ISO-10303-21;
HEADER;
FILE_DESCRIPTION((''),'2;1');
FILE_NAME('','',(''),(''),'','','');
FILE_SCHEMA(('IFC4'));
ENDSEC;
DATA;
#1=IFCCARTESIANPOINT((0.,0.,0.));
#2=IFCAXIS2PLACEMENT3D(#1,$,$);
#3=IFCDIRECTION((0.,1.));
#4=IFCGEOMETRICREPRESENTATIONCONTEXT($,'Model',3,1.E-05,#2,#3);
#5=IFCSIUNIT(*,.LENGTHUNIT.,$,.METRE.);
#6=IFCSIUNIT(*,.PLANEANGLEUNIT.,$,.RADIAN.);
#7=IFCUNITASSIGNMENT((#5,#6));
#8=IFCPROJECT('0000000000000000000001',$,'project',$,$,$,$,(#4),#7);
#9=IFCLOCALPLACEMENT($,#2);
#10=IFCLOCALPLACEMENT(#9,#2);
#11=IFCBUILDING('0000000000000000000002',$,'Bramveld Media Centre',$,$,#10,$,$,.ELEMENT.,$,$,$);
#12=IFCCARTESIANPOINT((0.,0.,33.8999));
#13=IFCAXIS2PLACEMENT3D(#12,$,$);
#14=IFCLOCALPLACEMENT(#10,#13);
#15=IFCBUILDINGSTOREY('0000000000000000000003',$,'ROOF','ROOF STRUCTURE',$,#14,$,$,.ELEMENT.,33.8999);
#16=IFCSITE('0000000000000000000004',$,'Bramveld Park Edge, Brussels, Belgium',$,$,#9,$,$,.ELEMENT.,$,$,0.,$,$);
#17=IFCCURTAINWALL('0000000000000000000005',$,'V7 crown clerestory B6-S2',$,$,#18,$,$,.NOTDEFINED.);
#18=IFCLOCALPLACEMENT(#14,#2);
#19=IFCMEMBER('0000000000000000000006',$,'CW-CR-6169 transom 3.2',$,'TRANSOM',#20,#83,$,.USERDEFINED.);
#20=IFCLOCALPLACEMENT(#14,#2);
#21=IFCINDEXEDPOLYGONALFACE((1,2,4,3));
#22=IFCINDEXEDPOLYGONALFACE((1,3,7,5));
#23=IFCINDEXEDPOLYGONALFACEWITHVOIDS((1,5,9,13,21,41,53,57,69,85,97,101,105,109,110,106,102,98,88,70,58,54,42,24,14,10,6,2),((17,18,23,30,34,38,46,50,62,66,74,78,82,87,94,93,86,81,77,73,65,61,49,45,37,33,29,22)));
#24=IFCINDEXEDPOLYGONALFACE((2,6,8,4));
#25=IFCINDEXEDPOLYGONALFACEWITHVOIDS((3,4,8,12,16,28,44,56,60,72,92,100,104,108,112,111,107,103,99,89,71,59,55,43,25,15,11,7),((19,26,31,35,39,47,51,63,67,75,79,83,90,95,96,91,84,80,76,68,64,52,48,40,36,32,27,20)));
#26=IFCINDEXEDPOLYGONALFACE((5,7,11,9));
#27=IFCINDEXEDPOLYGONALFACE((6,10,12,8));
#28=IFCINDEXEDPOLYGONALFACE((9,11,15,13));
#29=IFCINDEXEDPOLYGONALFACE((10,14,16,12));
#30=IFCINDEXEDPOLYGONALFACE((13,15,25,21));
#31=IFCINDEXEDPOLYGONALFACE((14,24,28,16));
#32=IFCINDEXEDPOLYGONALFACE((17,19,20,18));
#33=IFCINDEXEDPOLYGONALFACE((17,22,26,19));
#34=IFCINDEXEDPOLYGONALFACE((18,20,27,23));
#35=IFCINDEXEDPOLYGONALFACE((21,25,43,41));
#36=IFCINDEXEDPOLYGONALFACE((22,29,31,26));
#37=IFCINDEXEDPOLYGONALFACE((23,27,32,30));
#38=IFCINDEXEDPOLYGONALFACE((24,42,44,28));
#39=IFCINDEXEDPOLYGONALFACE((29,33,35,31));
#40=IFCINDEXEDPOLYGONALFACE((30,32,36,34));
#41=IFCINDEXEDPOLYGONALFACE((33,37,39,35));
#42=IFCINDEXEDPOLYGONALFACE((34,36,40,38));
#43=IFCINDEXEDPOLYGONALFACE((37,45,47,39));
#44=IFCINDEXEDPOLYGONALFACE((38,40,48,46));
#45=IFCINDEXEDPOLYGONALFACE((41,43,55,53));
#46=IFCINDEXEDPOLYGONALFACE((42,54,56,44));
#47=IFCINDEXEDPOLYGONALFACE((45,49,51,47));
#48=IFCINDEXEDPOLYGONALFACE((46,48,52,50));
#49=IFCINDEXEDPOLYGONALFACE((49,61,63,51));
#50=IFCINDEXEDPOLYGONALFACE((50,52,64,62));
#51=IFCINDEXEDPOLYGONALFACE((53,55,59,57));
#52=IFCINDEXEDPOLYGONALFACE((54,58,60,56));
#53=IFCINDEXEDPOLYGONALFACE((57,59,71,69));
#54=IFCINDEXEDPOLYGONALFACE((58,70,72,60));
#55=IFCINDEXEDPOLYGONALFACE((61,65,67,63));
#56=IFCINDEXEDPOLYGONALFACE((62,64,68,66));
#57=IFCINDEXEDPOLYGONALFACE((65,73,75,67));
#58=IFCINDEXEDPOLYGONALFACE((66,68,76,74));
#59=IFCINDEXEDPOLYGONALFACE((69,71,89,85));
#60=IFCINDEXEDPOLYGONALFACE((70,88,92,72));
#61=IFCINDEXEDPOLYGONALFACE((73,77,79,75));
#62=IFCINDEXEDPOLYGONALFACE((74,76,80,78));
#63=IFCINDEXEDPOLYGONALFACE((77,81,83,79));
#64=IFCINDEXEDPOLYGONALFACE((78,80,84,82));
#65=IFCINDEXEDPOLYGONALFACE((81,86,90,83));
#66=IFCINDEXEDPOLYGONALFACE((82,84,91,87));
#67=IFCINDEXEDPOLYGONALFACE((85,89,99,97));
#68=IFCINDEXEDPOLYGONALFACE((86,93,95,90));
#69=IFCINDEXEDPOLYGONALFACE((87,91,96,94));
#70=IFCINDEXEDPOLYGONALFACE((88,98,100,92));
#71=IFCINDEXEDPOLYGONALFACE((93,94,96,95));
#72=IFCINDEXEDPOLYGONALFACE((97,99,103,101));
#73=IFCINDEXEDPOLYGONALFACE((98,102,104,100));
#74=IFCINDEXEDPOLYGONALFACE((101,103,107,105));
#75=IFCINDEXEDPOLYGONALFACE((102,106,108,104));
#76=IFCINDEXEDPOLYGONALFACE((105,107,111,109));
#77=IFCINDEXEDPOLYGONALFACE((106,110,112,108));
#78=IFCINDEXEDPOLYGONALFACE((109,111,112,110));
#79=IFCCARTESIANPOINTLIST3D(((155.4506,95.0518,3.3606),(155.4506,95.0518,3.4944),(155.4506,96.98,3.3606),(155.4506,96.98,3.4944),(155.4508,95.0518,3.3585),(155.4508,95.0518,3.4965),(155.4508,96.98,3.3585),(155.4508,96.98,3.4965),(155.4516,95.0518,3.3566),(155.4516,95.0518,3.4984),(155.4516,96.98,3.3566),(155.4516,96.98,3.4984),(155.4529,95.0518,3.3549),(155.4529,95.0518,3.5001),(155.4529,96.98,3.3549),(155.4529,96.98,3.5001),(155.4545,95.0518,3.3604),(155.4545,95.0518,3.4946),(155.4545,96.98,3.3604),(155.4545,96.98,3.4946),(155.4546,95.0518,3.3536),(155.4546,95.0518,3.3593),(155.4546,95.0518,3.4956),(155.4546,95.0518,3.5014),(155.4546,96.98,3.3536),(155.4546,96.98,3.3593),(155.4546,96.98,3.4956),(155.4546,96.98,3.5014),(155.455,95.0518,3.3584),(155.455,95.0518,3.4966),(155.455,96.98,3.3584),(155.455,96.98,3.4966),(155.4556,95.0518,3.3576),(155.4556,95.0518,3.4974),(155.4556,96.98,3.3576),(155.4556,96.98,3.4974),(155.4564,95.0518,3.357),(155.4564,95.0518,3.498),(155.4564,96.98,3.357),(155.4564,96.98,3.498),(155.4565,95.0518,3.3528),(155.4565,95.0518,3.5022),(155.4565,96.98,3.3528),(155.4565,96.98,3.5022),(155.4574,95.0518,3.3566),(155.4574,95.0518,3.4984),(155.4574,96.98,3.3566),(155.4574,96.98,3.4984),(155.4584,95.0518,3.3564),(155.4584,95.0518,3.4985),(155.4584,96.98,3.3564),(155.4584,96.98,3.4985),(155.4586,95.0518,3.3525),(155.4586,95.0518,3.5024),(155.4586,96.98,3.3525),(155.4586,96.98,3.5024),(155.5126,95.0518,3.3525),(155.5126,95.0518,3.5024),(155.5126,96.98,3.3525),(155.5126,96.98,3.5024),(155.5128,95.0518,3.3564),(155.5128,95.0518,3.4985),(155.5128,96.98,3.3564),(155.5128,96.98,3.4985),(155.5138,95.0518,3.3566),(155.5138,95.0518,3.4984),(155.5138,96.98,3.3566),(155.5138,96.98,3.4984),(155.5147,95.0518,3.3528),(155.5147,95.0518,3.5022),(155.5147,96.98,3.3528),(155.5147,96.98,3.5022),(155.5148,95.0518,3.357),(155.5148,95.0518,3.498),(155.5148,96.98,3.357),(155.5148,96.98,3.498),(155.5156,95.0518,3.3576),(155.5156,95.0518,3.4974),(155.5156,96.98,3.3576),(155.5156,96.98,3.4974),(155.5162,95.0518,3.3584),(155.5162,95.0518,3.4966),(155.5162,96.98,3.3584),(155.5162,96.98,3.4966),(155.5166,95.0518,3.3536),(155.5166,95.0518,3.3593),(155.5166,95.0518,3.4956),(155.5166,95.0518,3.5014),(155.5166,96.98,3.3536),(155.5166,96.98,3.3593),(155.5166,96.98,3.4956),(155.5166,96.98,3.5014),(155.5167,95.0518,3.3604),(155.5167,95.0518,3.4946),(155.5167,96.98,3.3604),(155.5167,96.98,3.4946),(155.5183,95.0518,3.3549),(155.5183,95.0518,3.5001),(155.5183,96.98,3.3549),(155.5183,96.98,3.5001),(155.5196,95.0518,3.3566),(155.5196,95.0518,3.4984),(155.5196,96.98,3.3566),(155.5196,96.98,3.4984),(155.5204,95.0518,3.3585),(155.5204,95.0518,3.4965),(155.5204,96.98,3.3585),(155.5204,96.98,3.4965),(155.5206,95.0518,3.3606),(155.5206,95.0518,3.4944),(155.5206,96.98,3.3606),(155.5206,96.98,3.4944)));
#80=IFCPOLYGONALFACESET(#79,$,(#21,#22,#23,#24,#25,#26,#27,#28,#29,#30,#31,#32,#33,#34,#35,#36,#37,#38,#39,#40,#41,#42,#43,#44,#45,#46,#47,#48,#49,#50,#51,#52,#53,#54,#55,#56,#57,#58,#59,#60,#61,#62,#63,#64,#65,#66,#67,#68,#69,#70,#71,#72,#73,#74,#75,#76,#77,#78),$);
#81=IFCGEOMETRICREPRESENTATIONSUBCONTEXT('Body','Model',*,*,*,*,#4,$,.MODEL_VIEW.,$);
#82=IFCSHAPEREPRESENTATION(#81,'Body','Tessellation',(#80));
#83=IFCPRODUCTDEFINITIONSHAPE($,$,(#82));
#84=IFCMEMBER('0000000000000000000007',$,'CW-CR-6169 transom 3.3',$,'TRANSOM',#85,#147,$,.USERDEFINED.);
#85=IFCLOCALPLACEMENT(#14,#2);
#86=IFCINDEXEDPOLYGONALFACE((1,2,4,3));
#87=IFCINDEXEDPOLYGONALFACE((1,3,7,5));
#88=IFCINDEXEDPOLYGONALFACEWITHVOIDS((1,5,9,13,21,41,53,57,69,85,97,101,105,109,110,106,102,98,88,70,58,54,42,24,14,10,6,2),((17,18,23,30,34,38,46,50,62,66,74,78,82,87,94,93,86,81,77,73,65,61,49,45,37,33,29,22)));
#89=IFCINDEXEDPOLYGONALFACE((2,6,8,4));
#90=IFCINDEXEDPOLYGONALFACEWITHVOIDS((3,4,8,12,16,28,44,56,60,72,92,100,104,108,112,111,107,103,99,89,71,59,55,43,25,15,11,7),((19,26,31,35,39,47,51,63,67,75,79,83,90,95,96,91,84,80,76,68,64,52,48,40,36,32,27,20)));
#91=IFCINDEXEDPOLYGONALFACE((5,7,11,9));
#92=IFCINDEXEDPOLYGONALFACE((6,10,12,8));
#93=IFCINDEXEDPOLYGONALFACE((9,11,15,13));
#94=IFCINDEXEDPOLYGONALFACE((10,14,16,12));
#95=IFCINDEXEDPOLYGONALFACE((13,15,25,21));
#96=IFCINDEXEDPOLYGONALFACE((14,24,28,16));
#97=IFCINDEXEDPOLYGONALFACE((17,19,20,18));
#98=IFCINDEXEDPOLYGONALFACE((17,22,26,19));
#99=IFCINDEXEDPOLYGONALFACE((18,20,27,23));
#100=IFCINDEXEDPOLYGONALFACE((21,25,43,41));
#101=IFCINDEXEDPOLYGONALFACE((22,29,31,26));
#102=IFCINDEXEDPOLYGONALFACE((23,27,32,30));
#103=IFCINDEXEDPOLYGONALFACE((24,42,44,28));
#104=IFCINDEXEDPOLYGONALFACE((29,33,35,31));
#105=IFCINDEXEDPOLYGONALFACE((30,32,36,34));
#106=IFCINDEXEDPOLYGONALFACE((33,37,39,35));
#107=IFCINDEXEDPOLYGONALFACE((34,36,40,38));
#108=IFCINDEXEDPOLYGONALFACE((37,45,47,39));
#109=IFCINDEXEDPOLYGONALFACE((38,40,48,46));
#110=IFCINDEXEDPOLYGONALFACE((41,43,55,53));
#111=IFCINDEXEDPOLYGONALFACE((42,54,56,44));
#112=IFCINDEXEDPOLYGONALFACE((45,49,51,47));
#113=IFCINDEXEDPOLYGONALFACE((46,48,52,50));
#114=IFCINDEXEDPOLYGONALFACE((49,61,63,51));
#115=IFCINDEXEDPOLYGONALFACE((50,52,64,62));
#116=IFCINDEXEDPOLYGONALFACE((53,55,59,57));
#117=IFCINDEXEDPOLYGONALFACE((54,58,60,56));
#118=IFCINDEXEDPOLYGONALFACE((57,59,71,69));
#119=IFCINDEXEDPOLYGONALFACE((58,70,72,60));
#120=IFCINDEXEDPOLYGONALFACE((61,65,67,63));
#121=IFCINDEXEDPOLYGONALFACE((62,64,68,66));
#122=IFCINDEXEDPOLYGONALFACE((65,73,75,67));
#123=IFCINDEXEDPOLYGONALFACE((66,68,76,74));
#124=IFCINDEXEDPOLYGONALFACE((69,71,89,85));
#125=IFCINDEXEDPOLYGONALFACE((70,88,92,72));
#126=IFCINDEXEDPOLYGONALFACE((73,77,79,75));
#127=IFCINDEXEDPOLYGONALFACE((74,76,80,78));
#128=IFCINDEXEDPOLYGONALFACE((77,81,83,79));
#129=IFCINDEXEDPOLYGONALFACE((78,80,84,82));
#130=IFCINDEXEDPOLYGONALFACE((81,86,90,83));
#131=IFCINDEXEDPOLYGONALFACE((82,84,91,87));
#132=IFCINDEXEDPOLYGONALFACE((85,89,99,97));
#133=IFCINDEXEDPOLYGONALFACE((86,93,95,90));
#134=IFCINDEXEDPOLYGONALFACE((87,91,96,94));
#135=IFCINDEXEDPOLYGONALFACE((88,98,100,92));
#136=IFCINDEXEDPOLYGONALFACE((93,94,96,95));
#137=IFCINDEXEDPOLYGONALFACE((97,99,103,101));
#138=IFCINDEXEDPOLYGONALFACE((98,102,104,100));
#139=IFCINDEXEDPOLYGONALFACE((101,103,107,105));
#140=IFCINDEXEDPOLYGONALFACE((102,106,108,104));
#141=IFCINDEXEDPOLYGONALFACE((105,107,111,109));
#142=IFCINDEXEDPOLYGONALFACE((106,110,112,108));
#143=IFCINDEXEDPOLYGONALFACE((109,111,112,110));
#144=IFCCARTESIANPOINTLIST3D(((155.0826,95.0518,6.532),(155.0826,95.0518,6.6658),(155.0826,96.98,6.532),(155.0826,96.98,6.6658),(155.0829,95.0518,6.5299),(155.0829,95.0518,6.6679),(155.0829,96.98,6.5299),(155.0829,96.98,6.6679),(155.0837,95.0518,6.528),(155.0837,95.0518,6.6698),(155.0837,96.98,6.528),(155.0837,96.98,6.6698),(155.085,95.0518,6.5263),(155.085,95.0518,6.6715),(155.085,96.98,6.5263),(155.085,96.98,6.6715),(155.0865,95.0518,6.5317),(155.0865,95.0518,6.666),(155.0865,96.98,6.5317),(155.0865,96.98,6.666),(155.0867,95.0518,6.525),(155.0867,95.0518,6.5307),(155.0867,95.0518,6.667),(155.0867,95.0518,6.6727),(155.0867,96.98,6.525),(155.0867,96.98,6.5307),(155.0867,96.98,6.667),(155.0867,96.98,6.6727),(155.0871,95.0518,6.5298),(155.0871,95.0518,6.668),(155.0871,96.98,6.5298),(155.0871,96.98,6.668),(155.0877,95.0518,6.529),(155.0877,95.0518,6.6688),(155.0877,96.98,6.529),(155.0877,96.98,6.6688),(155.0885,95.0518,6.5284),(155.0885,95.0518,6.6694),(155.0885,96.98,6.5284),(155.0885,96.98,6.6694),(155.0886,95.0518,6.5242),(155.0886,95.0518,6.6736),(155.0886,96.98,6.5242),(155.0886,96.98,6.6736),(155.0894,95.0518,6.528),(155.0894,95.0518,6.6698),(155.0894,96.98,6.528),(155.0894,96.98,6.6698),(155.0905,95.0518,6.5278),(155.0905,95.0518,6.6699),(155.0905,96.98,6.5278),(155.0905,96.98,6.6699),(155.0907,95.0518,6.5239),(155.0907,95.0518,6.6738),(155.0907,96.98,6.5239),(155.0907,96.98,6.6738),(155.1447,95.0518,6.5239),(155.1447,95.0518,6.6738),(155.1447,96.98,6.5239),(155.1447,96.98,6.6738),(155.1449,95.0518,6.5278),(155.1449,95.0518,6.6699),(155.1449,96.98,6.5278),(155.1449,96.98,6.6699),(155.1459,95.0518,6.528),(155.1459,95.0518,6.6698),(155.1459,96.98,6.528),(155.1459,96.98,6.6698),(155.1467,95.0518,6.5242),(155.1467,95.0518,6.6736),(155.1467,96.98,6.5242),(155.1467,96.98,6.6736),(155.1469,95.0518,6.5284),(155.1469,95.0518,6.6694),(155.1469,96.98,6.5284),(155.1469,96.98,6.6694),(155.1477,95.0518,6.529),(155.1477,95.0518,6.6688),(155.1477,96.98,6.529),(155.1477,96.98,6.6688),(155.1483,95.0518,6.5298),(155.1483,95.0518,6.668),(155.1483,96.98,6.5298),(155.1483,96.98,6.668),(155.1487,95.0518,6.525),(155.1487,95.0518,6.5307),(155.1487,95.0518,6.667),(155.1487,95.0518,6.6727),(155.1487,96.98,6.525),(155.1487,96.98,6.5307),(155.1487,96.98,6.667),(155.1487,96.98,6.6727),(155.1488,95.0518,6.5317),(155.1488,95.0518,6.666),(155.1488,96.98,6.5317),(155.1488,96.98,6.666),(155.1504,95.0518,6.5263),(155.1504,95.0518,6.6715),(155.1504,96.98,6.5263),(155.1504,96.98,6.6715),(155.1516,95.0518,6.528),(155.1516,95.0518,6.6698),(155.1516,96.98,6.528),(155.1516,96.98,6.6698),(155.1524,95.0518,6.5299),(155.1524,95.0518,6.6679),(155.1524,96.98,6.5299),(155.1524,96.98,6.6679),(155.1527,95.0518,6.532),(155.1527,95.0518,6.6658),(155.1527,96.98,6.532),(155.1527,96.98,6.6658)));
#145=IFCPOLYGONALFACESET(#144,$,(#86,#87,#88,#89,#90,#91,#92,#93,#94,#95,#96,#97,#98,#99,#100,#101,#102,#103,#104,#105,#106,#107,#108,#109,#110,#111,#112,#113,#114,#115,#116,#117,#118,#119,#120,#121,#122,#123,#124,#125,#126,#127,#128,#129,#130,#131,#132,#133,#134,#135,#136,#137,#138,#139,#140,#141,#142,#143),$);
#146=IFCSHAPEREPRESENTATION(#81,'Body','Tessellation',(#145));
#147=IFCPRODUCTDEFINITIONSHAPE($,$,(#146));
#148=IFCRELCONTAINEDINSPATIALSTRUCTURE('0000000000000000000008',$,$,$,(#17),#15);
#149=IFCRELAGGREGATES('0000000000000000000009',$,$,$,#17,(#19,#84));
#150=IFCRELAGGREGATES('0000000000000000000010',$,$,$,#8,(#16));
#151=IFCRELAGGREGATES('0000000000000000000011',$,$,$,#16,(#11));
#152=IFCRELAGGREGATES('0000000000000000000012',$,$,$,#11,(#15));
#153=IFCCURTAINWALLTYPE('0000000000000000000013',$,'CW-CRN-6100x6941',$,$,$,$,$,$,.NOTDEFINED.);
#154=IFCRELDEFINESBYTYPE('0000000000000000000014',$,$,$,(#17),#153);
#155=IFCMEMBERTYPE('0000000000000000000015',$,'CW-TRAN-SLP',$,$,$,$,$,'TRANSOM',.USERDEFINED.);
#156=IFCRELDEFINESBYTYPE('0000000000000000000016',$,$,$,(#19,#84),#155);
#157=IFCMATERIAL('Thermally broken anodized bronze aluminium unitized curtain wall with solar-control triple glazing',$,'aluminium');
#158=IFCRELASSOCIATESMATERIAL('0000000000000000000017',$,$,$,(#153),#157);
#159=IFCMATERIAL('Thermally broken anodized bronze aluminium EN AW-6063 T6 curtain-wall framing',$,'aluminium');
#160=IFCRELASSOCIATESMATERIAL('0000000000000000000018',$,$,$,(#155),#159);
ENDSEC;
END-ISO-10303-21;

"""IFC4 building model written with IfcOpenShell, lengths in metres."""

from ifc_helpers import new_model, si_unit, direction, frame, origin, origin_2d, place, context, subcontext, project, spatial, hollow_rectangle, extrude, material, material_profile, profile_set, type_object, element, aggregate, save


model = new_model("IFC4")

# Units and contexts
model_context = context("Model", 3, precision=1e-05, world=origin(), true_north=direction((0.0, 1.0)))
body_context = subcontext(model_context, "Body", "Model", "MODEL_VIEW")
ifc_project = project(units=[si_unit("LENGTHUNIT", "METRE"), si_unit("PLANEANGLEUNIT", "RADIAN")], contexts=[model_context])

# Site, building, storey
site_placement = place(None, origin())
site = spatial("IfcSite", under=ifc_project, at=site_placement, Name="Bramveld Park Edge, Brussels, Belgium", CompositionType="ELEMENT", RefElevation=0.0)
building_placement = place(site_placement, origin())
building = spatial("IfcBuilding", under=site, at=building_placement, Name="Bramveld Media Centre", CompositionType="ELEMENT")
storey_placement = place(building_placement, frame((0.0, 0.0, 33.8999)))
storey = spatial("IfcBuildingStorey", under=building, at=storey_placement, Name="ROOF", Description="ROOF STRUCTURE", CompositionType="ELEMENT", Elevation=33.8999)

# Curtain wall
ifc_material_1 = material(Name="Thermally broken anodized bronze aluminium unitized curtain wall with solar-control triple glazing", Category="aluminium")
curtain_wall_type = type_object("IfcCurtainWallType", Name="CW-CRN-6100x6941", PredefinedType="NOTDEFINED", material=ifc_material_1)
curtain_wall_1_placement = place(storey_placement, origin())
curtain_wall_1 = element("IfcCurtainWall", 1, at=curtain_wall_1_placement, inside=storey, type_object=curtain_wall_type, Name="V7 crown clerestory B6-S2", PredefinedType="NOTDEFINED")

# Members
ifc_material_2 = material(Name="Thermally broken anodized bronze aluminium EN AW-6063 T6 curtain-wall framing", Category="aluminium")
ifc_material_profile_1 = material_profile(ifc_material_2, hollow_rectangle(XDim=0.0701, YDim=0.1499, WallThickness=0.0039, InnerFilletRadius=0.0039, OuterFilletRadius=0.0081, at=origin_2d()), Name="AL-TRAN 70x150")
ifc_profile_set_1 = profile_set([ifc_material_profile_1], Name="Thermally broken anodized bronze aluminium EN AW-6063 T6 curtain-wall framing")
member_type_1 = type_object("IfcMemberType", Name="CW-TRAN-SLP", ElementType="TRANSOM", PredefinedType="USERDEFINED", material=ifc_profile_set_1)
member_1_placement = place(storey_placement, frame((155.4856, 95.0518, 3.4275), z_axis=(0.0, 1.0, 0.0), x_axis=(-1.0, 0.0, 0.0)))
member_1 = element("IfcMember", 2, at=member_1_placement, type_object=member_type_1, Name="CW-CR-6169 transom 3.2", ObjectType="TRANSOM", PredefinedType="USERDEFINED", context=body_context, shape_type="SweptSolid", body=[
    extrude(hollow_rectangle(XDim=0.0701, YDim=0.1499, WallThickness=0.0039, InnerFilletRadius=0.0039, OuterFilletRadius=0.0081, at=origin_2d()), origin(), (0.0, 0.0, 1.0), 1.9282),
])
member_2_placement = place(storey_placement, frame((155.1177, 95.0518, 6.5989), z_axis=(0.0, 1.0, 0.0), x_axis=(-1.0, 0.0, 0.0)))
member_2 = element("IfcMember", 3, at=member_2_placement, type_object=member_type_1, Name="CW-CR-6169 transom 3.3", ObjectType="TRANSOM", PredefinedType="USERDEFINED", context=body_context, shape_type="SweptSolid", body=[
    extrude(hollow_rectangle(XDim=0.0701, YDim=0.1499, WallThickness=0.0039, InnerFilletRadius=0.0039, OuterFilletRadius=0.0081, at=origin_2d()), origin(), (0.0, 0.0, 1.0), 1.9282),
])

aggregate(curtain_wall_1, [member_1, member_2])

save(model, "model.ifc")
